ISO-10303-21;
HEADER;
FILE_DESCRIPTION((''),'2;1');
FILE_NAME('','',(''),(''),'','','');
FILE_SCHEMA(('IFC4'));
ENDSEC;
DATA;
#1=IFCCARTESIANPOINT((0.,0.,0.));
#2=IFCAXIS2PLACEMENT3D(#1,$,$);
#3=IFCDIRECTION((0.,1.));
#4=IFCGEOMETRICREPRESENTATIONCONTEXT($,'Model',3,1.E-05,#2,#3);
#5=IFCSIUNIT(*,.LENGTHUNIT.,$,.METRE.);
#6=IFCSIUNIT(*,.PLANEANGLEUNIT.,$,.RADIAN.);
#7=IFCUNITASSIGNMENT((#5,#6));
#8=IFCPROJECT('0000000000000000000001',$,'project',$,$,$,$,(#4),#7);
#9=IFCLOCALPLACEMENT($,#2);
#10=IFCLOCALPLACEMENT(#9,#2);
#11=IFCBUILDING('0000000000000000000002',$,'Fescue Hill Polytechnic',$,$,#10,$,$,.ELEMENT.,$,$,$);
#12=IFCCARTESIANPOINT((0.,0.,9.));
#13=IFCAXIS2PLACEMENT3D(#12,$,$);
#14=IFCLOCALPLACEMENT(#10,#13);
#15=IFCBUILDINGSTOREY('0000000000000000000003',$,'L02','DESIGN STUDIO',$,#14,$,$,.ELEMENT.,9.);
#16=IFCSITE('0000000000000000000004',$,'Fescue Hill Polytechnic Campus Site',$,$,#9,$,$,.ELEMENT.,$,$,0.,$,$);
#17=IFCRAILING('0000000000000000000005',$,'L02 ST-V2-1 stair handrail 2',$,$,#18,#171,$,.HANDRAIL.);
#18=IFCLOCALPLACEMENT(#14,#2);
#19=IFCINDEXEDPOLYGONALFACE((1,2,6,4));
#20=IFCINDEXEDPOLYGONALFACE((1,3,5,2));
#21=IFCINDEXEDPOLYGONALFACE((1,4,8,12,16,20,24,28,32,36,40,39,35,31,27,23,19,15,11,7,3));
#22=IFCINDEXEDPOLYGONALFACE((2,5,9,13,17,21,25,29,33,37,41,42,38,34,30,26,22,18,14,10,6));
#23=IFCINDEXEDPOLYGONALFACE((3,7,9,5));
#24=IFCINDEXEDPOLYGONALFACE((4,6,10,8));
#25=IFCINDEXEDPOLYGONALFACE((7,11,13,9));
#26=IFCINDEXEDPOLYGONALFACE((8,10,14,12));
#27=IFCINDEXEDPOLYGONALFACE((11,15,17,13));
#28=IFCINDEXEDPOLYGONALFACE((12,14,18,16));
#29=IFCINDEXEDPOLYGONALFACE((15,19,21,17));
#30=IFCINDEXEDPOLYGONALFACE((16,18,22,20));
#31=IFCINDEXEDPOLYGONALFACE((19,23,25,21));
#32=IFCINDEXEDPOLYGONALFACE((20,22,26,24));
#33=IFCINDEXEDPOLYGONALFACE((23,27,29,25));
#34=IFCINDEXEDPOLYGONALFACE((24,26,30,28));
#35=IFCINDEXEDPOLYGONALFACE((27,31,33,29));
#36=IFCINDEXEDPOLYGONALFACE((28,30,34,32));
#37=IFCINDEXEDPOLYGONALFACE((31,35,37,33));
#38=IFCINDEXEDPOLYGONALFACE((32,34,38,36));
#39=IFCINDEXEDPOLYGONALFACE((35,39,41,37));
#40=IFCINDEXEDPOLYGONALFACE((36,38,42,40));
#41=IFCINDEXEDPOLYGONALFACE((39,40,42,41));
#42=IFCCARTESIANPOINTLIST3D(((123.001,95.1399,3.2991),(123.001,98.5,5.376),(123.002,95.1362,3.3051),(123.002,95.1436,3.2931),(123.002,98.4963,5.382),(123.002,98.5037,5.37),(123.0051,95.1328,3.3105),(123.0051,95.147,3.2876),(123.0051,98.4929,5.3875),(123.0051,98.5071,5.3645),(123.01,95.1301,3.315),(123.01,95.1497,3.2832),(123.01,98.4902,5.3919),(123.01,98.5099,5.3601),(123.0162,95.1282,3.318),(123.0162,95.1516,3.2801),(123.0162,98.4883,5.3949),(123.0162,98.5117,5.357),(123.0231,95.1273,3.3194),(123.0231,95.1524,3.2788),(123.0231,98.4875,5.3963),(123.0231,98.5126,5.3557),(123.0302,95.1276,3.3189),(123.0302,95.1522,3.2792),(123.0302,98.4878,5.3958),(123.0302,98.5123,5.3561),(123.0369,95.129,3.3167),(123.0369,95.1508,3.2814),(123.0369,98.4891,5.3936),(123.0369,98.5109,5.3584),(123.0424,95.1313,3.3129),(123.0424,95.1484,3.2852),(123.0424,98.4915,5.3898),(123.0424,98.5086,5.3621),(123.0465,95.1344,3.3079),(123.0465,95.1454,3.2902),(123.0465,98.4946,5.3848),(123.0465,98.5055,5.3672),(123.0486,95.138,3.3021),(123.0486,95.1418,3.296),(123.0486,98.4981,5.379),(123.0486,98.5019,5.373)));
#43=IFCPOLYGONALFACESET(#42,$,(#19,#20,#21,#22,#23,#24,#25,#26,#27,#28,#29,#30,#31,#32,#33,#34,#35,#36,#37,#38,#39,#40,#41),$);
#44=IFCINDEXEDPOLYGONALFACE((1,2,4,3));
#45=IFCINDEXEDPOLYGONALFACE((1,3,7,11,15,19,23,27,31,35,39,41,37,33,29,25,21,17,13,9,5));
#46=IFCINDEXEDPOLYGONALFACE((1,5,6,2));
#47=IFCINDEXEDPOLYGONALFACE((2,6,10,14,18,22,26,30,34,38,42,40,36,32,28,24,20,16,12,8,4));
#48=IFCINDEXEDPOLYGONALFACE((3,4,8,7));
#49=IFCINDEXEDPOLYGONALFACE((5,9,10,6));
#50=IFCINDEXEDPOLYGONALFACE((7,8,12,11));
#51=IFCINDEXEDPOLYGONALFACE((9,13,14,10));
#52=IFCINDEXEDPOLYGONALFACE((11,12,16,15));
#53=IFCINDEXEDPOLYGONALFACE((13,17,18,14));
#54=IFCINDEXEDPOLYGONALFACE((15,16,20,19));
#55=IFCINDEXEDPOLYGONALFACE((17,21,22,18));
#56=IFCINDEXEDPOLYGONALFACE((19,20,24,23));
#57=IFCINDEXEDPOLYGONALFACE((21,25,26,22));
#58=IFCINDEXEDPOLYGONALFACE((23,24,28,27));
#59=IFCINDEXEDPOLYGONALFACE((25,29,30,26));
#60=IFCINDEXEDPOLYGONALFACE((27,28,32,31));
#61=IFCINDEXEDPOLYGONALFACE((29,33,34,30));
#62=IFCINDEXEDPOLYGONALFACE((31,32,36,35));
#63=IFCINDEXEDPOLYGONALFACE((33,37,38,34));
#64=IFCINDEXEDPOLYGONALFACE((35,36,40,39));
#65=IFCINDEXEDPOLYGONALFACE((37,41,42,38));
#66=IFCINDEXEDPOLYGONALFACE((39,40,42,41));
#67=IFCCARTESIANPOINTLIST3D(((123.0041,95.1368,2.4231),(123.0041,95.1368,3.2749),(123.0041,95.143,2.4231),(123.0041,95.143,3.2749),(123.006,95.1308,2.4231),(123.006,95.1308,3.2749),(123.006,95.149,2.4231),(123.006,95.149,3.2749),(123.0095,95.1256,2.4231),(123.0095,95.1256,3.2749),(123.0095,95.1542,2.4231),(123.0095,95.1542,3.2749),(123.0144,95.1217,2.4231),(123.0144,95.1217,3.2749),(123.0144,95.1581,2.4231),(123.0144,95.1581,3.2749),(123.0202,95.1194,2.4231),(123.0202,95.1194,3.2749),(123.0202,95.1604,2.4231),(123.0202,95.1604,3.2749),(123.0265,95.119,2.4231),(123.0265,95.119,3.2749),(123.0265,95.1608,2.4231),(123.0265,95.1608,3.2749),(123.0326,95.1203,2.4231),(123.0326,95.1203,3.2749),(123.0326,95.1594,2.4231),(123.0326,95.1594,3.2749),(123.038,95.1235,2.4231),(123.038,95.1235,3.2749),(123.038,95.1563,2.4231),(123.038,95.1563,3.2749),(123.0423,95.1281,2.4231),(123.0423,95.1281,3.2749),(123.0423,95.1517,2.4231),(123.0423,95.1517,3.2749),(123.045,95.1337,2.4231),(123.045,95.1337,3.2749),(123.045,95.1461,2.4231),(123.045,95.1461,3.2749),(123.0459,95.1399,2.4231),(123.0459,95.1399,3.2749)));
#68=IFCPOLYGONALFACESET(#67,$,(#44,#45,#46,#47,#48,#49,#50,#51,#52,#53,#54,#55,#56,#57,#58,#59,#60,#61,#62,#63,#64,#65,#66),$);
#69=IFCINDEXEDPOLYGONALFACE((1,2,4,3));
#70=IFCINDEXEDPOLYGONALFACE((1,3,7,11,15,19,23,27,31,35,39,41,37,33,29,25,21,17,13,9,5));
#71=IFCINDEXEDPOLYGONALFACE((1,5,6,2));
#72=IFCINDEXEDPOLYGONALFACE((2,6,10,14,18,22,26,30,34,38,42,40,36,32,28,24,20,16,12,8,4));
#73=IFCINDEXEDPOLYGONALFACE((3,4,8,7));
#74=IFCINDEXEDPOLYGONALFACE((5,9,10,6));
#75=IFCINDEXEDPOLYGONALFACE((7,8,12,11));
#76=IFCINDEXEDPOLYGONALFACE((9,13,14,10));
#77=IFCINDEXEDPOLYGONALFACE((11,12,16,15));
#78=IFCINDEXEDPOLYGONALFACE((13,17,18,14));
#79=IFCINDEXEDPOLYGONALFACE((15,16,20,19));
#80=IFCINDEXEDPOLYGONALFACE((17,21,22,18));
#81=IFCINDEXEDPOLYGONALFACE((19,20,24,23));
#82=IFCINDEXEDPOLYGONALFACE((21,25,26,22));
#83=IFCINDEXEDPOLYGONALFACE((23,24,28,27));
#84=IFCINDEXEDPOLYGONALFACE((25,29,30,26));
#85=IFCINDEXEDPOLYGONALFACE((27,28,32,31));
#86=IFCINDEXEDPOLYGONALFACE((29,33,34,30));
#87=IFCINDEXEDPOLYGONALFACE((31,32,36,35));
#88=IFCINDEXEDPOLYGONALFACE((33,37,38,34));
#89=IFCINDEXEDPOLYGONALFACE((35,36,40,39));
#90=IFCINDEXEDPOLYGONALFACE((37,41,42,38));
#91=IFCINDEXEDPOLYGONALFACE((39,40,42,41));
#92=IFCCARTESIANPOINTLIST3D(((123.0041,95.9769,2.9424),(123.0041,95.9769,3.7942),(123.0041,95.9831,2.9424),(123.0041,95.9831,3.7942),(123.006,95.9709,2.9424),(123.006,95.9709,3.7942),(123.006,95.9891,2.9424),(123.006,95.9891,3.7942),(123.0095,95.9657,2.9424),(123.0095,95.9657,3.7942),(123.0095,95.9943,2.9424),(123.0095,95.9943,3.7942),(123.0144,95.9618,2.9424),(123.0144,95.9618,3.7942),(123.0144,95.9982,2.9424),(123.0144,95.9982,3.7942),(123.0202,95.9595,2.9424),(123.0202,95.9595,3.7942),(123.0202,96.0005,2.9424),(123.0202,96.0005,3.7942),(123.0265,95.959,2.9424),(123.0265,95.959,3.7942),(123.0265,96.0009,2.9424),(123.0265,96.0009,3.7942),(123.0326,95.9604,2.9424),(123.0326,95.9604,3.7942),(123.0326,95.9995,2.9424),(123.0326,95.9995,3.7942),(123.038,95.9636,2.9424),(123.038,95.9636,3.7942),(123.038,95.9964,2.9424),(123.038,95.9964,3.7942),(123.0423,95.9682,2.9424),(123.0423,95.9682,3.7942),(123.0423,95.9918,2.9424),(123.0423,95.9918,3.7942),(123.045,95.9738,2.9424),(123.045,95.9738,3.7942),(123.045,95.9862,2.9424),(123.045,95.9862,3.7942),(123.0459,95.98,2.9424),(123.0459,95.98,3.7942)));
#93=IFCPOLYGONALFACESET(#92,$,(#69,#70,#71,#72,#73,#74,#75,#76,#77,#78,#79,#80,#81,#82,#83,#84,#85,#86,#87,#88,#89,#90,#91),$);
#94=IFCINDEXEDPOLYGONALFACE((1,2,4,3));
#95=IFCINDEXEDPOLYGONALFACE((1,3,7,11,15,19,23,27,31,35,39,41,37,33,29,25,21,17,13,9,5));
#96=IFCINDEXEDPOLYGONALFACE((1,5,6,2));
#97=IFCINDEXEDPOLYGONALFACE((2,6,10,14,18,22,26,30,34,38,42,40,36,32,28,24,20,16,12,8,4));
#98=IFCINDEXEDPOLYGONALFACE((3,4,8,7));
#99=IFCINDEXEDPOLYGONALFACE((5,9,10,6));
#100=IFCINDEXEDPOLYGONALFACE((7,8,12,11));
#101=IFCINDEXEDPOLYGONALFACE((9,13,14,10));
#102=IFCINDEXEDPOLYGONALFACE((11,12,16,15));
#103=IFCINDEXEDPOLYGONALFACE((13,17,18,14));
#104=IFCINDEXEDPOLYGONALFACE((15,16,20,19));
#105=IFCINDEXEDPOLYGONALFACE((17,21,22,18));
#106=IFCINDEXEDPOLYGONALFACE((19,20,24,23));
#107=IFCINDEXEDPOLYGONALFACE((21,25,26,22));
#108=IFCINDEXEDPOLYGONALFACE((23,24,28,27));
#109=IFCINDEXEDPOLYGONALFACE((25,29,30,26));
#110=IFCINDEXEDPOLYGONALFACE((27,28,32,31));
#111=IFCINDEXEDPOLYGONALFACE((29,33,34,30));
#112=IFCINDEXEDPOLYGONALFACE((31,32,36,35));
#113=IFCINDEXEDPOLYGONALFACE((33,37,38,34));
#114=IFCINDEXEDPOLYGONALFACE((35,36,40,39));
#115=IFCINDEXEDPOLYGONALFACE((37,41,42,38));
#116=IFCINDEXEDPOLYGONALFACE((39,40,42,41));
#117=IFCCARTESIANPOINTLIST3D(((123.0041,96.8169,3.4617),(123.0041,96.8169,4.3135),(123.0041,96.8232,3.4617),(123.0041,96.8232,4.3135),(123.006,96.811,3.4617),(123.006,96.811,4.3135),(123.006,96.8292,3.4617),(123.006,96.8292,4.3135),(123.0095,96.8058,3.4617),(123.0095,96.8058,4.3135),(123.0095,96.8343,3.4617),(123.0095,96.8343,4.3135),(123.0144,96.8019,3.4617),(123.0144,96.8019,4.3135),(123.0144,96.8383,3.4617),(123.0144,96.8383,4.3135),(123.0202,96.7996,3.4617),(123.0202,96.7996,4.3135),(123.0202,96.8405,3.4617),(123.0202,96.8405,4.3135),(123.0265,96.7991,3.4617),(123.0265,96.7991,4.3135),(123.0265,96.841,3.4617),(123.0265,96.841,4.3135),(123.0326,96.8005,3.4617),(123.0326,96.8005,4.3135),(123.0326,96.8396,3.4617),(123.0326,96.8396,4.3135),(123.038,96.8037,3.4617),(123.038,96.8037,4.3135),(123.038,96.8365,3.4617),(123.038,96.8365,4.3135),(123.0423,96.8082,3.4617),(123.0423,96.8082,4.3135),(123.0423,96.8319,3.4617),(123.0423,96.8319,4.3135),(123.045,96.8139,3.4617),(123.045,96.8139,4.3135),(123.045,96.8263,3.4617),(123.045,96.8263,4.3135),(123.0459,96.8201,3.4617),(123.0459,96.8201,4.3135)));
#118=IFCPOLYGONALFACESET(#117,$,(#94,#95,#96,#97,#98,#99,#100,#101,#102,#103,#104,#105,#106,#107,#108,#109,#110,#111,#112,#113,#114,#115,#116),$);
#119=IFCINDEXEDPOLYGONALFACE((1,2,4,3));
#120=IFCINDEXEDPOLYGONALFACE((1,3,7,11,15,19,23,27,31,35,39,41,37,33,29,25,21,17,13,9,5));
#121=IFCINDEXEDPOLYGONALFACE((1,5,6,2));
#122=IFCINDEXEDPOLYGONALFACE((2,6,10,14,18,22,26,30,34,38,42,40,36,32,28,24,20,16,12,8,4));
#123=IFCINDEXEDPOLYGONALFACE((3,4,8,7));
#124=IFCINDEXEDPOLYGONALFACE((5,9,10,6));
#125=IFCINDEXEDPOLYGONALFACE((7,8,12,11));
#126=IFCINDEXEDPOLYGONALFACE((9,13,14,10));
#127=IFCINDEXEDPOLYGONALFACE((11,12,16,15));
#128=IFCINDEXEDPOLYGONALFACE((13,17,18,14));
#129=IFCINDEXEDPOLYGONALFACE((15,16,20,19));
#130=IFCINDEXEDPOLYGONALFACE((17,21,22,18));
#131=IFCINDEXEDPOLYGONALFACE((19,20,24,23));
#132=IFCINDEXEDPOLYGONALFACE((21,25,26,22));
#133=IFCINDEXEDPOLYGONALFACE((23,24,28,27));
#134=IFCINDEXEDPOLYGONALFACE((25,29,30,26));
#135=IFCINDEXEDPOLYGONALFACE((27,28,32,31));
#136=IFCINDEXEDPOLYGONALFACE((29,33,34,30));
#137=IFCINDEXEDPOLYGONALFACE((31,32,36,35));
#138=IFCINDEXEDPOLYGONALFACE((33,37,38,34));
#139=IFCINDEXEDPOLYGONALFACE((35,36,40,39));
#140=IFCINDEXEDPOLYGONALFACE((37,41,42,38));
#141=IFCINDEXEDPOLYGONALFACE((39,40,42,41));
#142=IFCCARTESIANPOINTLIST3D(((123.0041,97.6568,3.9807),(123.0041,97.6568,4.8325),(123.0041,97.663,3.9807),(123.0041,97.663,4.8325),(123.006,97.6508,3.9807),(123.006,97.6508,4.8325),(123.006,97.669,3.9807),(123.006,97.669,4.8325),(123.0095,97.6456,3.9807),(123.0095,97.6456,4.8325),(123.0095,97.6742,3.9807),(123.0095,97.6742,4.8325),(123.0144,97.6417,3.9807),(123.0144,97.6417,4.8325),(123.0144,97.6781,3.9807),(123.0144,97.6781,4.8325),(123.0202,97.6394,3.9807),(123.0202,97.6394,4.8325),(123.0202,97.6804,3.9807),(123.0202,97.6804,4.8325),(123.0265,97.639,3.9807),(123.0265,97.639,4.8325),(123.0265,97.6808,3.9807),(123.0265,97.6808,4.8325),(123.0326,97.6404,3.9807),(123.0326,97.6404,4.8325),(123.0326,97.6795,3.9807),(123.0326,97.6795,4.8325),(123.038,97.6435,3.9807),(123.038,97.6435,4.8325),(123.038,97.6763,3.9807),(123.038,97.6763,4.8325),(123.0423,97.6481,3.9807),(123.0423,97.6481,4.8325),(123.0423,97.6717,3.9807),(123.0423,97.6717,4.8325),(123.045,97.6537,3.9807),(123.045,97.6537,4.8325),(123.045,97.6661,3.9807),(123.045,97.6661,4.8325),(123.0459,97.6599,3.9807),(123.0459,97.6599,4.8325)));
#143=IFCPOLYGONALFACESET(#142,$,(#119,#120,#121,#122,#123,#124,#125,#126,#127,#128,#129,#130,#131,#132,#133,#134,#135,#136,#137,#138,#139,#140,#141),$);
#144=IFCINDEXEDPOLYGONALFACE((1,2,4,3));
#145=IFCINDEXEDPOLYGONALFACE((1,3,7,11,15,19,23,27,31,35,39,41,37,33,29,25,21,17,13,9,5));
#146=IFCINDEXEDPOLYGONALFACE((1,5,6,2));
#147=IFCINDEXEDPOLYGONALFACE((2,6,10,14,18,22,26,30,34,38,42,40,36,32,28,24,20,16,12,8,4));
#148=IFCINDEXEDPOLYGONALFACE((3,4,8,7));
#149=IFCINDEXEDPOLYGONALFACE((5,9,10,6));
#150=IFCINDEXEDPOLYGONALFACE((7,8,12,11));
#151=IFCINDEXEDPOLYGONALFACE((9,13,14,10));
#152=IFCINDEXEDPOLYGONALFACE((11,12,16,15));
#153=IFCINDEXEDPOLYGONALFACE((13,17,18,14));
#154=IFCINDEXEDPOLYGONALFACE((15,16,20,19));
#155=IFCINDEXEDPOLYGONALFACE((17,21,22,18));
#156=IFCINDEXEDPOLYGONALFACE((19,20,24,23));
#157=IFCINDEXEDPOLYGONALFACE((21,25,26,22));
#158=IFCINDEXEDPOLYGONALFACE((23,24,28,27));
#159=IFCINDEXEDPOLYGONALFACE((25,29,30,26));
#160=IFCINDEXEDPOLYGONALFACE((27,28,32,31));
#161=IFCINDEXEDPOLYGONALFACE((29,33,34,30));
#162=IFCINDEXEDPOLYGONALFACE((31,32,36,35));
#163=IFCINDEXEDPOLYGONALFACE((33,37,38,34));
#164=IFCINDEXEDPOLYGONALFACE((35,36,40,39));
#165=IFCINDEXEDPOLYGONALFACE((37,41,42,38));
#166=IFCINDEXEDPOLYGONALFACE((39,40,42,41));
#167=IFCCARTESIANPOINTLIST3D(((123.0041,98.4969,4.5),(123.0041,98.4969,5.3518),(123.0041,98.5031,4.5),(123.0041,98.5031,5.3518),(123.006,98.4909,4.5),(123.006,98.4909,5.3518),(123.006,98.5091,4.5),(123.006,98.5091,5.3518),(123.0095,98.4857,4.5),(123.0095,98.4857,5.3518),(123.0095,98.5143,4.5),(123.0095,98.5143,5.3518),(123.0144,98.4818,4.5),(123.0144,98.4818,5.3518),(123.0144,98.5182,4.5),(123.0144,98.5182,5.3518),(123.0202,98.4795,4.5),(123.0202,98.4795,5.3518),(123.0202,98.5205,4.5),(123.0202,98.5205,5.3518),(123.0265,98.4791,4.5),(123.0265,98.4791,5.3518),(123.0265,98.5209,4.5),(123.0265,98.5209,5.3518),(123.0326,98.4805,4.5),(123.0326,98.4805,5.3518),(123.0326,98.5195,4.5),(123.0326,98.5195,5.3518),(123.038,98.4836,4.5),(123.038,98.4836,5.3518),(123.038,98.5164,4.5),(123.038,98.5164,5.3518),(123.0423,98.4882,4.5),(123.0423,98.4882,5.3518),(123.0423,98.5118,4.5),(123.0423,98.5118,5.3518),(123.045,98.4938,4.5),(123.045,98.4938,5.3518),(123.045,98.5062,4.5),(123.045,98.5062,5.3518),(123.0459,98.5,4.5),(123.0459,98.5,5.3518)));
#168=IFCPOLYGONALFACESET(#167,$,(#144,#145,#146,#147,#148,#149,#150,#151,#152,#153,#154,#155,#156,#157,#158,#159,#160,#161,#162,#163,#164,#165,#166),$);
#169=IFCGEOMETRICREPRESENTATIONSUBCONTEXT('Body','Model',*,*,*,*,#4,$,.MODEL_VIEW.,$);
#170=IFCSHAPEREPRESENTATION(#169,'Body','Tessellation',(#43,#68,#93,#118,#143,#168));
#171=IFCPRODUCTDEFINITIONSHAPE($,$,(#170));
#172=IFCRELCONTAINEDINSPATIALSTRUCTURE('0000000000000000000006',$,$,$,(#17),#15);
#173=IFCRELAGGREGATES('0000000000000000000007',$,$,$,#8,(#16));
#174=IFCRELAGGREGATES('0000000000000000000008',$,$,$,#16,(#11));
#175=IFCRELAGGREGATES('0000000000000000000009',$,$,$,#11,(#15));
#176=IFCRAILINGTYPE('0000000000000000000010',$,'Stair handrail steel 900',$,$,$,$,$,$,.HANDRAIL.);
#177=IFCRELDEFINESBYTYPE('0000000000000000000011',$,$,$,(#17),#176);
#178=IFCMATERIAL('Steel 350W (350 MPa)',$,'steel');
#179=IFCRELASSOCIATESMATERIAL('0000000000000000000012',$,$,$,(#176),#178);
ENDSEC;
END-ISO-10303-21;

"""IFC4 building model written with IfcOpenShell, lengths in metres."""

from ifc_helpers import new_model, si_unit, direction, frame, origin, origin_2d, place, context, subcontext, project, spatial, circle, extrude, material, type_object, element, save


model = new_model("IFC4")

# Units and contexts
model_context = context("Model", 3, precision=1e-05, world=origin(), true_north=direction((0.0, 1.0)))
body_context = subcontext(model_context, "Body", "Model", "MODEL_VIEW")
ifc_project = project(units=[si_unit("LENGTHUNIT", "METRE"), si_unit("PLANEANGLEUNIT", "RADIAN")], contexts=[model_context])

# Site, building, storey
site_placement = place(None, origin())
site = spatial("IfcSite", under=ifc_project, at=site_placement, Name="Fescue Hill Polytechnic Campus Site", CompositionType="ELEMENT", RefElevation=0.0)
building_placement = place(site_placement, origin())
building = spatial("IfcBuilding", under=site, at=building_placement, Name="Fescue Hill Polytechnic", CompositionType="ELEMENT")
storey_placement = place(building_placement, frame((0.0, 0.0, 9.0)))
storey = spatial("IfcBuildingStorey", under=building, at=storey_placement, Name="L02", Description="DESIGN STUDIO", CompositionType="ELEMENT", Elevation=9.0)

# Railing
ifc_material_1 = material(Name="Steel 350W (350 MPa)", Category="steel")
railing_type = type_object("IfcRailingType", Name="Stair handrail steel 900", PredefinedType="HANDRAIL", material=ifc_material_1)
for number, where, name in (
    (1, (123.0249, 95.1399, 2.4231), "L02 ST-V2-1 stair handrail 2"),
):
    element("IfcRailing", number, at=place(storey_placement, frame(where)), inside=storey, type_object=railing_type, Name=name, PredefinedType="HANDRAIL", context=body_context, shape_type="SweptSolid", body=[
        extrude(circle(Radius=0.0239, at=origin_2d()), frame((0.0, 0.0, 0.876), z_axis=(0.0, 0.850623, 0.525776), x_axis=(-1.0, 0.0, 0.0)), (0.0, 0.0, 1.0), 3.9502),
        extrude(circle(Radius=0.021, at=origin_2d()), origin(), (0.0, 0.0, 1.0), 0.8518),
        extrude(circle(Radius=0.021, at=origin_2d()), frame((0.0, 0.8401, 0.5193)), (0.0, 0.0, 1.0), 0.8518),
        extrude(circle(Radius=0.021, at=origin_2d()), frame((0.0, 1.6802, 1.0386)), (0.0, 0.0, 1.0), 0.8518),
        extrude(circle(Radius=0.021, at=origin_2d()), frame((0.0, 2.52, 1.5576)), (0.0, 0.0, 1.0), 0.8518),
        extrude(circle(Radius=0.021, at=origin_2d()), frame((0.0, 3.3601, 2.0769)), (0.0, 0.0, 1.0), 0.8518),
    ])

save(model, "model.ifc")
